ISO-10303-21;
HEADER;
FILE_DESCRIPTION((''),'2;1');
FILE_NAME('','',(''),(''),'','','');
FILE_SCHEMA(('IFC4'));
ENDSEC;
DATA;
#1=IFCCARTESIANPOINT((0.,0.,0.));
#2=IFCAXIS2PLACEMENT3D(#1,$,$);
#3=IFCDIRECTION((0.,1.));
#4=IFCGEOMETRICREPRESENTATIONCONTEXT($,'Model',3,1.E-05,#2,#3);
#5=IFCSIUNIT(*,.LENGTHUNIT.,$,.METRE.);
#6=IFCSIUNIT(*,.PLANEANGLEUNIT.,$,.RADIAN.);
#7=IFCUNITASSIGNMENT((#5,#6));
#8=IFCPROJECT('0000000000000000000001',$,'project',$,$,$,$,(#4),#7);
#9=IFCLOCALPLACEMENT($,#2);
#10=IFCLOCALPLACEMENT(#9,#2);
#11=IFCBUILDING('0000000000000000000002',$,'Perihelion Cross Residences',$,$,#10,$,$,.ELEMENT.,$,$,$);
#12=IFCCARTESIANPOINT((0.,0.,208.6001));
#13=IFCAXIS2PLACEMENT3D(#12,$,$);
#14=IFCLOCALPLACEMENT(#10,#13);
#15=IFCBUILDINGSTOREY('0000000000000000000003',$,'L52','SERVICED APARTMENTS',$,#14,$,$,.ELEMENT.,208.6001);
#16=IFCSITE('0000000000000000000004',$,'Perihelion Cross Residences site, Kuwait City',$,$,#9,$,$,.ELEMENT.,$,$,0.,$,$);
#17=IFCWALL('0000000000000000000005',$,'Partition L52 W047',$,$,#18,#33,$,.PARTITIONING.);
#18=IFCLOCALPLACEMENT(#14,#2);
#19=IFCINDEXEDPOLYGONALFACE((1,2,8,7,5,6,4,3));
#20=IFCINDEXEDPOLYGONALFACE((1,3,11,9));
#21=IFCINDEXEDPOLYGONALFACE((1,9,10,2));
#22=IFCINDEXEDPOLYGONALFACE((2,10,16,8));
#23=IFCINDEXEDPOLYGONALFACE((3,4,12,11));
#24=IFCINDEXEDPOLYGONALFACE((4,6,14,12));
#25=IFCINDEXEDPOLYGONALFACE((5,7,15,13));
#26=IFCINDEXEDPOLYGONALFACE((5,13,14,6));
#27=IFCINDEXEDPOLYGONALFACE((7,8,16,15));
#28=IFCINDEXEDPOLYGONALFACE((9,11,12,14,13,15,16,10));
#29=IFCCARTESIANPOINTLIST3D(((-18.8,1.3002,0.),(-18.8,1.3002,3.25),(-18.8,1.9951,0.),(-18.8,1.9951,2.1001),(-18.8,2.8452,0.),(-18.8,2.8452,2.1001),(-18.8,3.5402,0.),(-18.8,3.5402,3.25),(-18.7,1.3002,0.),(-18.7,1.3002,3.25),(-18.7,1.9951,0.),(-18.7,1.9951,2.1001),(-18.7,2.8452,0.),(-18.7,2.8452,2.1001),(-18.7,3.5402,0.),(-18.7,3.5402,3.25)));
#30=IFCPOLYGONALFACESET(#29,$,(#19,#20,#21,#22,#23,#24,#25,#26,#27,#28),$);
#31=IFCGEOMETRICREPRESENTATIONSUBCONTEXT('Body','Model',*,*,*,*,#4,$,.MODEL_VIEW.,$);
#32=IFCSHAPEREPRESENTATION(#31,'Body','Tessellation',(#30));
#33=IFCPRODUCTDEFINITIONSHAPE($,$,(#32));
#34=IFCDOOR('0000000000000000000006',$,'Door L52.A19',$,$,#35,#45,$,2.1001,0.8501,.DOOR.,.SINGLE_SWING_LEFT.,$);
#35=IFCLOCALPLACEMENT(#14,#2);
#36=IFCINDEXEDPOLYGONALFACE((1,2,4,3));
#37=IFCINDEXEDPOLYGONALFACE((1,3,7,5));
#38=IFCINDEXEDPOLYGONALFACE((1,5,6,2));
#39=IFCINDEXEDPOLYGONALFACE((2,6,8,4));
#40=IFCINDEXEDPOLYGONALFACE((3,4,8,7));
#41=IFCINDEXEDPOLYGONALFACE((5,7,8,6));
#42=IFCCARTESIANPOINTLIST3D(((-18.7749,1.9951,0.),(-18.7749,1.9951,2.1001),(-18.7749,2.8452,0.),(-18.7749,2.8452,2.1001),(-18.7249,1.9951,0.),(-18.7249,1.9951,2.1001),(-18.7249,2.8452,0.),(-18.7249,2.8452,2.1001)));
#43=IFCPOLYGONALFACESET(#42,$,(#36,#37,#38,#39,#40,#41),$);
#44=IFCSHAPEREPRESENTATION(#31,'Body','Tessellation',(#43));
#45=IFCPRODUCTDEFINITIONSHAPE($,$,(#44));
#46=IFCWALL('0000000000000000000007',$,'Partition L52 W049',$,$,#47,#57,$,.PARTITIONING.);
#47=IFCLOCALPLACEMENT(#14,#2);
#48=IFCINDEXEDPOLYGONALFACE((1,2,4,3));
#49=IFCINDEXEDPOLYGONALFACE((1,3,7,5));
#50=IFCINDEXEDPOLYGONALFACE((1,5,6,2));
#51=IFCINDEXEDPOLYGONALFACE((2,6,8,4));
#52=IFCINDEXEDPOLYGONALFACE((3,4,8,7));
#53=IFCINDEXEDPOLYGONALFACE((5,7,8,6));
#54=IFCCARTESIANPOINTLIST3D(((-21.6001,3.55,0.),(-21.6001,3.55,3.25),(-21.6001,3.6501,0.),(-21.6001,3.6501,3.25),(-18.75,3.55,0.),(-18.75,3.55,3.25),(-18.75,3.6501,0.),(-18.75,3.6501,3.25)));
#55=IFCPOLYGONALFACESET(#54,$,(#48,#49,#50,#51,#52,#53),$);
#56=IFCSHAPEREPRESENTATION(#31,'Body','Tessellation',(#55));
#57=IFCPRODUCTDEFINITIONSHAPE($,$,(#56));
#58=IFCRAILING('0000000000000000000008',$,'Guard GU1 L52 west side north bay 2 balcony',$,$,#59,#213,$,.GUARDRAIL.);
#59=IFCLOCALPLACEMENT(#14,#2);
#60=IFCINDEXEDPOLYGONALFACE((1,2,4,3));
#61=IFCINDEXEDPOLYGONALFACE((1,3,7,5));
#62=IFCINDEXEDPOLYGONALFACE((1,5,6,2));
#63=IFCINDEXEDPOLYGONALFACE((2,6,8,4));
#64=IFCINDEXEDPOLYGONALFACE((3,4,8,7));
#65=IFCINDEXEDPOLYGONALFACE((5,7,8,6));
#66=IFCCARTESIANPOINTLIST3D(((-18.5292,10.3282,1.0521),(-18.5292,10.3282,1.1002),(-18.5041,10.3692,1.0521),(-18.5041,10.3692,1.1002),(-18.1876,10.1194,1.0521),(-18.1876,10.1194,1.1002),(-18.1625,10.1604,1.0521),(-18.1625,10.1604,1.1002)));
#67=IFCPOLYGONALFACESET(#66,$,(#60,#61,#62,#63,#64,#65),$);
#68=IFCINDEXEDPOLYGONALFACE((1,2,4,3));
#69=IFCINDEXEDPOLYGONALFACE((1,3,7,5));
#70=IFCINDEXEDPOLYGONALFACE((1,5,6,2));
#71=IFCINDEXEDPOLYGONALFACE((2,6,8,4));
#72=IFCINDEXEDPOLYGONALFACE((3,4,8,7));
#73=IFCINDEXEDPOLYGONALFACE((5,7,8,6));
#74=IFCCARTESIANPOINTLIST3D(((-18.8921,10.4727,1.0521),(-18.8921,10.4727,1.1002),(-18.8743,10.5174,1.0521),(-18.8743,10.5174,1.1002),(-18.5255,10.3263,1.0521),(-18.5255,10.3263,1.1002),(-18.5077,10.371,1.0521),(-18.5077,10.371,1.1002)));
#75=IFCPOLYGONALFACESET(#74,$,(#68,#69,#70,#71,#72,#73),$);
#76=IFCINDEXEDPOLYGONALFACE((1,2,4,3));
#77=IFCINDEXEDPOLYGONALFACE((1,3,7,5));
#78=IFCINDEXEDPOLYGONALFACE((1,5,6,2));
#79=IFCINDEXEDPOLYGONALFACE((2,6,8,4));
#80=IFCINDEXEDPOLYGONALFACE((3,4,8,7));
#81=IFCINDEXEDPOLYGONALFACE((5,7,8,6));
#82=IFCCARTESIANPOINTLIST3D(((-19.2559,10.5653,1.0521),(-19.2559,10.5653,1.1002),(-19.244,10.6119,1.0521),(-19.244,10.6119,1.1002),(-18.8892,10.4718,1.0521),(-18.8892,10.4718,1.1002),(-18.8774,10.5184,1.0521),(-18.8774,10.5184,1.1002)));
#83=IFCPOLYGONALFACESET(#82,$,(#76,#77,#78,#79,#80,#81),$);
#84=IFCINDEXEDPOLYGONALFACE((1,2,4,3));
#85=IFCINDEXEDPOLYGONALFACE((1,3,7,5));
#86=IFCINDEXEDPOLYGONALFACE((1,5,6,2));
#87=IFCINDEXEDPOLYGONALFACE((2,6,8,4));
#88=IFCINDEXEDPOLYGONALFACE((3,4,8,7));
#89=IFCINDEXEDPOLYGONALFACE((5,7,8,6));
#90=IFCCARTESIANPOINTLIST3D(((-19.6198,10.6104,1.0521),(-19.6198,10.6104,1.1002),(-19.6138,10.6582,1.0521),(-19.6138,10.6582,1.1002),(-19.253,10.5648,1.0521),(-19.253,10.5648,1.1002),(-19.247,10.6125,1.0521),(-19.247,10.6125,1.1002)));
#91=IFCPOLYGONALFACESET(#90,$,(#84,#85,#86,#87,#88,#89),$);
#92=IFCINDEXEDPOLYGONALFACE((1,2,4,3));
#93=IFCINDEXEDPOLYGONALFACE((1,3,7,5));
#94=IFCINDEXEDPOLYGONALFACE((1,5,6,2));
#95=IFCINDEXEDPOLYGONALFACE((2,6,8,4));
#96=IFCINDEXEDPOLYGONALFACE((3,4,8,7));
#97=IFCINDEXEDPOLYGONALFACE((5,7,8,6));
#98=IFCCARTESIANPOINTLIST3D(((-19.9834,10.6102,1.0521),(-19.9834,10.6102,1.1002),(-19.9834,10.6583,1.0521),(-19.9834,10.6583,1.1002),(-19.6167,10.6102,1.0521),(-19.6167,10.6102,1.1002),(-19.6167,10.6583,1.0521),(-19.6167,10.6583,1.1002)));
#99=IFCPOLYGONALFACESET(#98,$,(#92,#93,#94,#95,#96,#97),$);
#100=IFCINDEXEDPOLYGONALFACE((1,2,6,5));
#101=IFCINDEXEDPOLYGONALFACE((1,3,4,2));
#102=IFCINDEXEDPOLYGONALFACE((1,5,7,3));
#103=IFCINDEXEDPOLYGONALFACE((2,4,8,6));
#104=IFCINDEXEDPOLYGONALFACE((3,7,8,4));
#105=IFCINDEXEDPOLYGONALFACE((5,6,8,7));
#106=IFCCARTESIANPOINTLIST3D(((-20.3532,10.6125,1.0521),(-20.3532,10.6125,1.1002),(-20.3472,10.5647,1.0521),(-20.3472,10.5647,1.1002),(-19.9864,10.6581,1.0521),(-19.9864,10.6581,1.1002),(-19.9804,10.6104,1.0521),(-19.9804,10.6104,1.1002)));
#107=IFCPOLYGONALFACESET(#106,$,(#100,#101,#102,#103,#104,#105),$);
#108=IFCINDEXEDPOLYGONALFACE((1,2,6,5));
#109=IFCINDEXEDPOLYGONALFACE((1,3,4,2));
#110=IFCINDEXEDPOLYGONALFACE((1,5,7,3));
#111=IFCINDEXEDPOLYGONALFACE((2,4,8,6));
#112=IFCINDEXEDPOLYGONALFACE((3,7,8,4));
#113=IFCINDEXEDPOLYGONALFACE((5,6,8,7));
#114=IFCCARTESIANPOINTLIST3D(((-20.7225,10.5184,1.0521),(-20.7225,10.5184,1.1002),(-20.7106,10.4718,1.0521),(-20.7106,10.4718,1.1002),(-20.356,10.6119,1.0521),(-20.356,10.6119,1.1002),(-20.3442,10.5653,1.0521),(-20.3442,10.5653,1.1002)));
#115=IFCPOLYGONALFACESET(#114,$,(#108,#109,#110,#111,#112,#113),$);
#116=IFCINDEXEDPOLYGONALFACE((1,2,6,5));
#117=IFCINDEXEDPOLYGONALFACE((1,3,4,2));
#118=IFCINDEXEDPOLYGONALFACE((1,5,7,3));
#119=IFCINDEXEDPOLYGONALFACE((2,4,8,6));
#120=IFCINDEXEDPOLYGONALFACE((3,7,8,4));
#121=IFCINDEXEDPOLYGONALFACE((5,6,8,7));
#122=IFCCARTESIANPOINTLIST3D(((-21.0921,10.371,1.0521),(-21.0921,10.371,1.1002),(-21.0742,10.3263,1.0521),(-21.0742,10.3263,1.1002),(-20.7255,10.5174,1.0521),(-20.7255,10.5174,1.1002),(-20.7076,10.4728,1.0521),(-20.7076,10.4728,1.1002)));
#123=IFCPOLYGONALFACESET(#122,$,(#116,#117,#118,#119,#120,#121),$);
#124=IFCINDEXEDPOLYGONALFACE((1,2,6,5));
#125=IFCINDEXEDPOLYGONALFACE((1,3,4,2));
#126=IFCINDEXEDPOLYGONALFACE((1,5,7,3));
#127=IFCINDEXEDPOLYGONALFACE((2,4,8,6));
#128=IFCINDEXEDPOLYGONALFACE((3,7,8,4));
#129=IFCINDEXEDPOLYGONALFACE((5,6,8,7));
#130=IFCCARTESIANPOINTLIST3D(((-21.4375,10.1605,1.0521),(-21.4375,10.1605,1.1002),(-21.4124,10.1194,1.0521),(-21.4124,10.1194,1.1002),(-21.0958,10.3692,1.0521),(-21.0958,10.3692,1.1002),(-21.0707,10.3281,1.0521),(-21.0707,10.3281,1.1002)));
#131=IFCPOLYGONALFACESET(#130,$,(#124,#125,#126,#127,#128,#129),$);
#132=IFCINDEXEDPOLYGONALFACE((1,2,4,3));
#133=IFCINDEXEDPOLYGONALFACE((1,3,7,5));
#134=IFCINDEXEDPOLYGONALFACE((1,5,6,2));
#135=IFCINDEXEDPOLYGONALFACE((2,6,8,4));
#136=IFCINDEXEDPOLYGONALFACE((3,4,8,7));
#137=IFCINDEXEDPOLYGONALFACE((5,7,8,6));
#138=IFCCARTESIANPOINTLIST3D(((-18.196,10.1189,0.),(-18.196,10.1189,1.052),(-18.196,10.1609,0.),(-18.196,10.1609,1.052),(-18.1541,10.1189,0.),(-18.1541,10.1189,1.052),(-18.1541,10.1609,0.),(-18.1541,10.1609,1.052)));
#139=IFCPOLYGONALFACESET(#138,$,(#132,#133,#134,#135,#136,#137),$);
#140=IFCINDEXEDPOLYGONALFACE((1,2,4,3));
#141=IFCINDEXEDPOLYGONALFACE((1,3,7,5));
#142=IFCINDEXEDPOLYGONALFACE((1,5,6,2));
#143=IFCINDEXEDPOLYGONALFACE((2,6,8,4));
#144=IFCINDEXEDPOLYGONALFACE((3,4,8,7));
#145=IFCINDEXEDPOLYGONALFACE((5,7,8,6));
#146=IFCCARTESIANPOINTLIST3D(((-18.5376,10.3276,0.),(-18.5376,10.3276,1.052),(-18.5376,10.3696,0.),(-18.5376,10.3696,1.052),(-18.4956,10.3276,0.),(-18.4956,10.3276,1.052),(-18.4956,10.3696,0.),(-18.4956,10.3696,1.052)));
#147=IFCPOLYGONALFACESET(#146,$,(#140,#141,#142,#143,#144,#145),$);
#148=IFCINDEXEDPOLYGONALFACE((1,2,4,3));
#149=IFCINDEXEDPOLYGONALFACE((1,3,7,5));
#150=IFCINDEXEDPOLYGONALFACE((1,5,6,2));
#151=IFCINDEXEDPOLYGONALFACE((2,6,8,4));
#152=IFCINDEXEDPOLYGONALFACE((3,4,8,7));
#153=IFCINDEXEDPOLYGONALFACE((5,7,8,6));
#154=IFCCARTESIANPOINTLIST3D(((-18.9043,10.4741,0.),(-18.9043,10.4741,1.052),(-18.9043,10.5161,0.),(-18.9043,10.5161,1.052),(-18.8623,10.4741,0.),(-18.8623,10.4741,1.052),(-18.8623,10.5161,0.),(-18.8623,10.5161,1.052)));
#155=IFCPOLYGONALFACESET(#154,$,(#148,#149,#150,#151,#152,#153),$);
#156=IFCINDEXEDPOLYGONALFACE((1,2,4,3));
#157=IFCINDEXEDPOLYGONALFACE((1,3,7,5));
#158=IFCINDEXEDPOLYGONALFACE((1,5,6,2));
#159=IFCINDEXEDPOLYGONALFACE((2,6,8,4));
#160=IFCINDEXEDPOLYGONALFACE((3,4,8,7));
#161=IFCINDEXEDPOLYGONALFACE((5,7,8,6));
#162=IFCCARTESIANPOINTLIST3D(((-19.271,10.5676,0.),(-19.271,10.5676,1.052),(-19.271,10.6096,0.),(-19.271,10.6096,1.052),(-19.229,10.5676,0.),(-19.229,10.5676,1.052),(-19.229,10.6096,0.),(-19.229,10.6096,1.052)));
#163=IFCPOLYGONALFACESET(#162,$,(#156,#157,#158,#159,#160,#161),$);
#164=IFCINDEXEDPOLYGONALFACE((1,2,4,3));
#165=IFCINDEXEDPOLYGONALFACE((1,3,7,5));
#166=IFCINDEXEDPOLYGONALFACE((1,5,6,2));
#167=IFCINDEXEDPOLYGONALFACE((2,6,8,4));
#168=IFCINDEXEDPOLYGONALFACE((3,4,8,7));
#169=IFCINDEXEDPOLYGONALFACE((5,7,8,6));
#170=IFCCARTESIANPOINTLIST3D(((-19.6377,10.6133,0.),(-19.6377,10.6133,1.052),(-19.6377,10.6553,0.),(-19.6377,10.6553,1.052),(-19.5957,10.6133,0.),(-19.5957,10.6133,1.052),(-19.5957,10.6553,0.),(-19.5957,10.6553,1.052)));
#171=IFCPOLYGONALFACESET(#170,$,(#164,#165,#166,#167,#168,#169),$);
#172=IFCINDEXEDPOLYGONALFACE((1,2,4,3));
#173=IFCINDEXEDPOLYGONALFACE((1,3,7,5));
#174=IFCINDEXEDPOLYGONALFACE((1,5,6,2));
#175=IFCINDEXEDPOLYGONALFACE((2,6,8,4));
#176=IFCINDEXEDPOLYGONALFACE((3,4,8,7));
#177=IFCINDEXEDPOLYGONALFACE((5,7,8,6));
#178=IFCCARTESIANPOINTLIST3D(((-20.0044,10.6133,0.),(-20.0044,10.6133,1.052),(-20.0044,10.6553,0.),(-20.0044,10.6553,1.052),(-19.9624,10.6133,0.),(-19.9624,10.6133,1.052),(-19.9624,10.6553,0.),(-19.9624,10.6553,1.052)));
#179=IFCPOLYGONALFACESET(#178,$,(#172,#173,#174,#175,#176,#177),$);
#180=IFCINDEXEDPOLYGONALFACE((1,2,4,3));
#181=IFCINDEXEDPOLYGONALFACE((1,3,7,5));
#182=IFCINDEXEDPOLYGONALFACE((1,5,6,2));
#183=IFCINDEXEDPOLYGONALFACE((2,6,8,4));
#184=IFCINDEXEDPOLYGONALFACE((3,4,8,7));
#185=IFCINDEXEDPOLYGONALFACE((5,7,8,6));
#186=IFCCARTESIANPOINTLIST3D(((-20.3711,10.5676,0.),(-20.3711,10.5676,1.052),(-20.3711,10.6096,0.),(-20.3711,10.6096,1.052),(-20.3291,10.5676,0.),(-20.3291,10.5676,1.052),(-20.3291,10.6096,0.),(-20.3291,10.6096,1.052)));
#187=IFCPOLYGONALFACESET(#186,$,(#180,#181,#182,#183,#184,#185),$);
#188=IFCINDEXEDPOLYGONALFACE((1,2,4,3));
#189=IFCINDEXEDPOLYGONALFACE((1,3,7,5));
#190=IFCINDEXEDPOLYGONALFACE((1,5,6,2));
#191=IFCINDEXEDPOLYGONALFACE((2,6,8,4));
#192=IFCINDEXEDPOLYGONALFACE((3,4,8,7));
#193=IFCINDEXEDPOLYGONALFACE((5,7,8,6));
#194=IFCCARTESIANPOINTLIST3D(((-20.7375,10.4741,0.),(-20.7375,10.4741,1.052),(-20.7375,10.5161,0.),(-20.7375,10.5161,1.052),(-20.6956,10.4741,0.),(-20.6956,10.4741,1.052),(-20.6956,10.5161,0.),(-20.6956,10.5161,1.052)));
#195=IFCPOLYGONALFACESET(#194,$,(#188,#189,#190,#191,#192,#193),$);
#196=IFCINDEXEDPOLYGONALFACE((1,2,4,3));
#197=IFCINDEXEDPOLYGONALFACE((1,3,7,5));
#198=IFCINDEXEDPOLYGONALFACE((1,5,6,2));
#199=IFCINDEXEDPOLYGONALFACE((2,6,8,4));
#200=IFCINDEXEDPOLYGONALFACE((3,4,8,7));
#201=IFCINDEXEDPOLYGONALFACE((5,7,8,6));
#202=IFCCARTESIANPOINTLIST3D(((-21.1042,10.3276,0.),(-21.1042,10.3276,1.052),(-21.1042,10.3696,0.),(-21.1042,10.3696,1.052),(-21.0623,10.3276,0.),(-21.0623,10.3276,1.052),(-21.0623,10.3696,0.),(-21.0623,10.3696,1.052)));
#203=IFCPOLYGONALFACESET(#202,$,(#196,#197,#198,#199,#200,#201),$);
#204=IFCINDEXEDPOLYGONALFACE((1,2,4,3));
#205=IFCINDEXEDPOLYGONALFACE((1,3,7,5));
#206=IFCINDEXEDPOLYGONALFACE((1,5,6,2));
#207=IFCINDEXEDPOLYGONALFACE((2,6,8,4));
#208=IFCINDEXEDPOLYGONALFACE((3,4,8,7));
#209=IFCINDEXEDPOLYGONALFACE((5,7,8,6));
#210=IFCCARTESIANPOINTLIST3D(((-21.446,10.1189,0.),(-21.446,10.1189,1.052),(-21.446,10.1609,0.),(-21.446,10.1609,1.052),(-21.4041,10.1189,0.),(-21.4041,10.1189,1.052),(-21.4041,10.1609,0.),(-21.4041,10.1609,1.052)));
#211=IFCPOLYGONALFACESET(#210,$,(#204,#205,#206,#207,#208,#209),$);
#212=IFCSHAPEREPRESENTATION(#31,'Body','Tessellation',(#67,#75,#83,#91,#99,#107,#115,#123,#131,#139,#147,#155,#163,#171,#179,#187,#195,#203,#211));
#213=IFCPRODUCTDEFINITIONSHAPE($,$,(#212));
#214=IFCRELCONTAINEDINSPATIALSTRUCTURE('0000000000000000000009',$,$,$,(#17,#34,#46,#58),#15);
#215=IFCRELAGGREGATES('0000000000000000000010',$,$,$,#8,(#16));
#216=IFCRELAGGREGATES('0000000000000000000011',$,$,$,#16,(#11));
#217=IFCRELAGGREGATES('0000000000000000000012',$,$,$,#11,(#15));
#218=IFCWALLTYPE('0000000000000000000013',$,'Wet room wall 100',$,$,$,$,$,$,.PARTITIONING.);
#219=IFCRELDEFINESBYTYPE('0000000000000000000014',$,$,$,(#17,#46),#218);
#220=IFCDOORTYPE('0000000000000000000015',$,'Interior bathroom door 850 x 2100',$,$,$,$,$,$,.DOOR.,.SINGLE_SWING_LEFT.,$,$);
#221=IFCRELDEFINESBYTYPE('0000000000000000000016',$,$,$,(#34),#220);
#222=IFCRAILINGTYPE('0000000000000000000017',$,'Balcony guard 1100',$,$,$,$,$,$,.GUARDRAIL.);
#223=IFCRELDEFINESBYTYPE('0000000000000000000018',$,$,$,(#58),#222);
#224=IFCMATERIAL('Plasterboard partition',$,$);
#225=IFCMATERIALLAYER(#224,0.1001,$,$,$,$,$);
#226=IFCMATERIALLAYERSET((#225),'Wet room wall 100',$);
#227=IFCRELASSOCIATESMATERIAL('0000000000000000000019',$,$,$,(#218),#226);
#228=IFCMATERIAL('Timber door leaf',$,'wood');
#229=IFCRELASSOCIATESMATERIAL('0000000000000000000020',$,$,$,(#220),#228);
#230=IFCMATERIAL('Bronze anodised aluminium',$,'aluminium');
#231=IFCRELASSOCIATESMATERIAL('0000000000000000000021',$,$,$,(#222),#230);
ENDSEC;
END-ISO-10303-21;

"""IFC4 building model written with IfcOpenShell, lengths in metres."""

from ifc_helpers import new_model, si_unit, direction, frame, frame_2d, origin, origin_2d, place, context, subcontext, project, spatial, rectangle, extrude, material, layer, layer_set, type_object, element, fill, save


model = new_model("IFC4")

# Units and contexts
model_context = context("Model", 3, precision=1e-05, world=origin(), true_north=direction((0.0, 1.0)))
body_context = subcontext(model_context, "Body", "Model", "MODEL_VIEW")
ifc_project = project(units=[si_unit("LENGTHUNIT", "METRE"), si_unit("PLANEANGLEUNIT", "RADIAN")], contexts=[model_context])

# Site, building, storey
site_placement = place(None, origin())
site = spatial("IfcSite", under=ifc_project, at=site_placement, Name="Perihelion Cross Residences site, Kuwait City", CompositionType="ELEMENT", RefElevation=0.0)
building_placement = place(site_placement, origin())
building = spatial("IfcBuilding", under=site, at=building_placement, Name="Perihelion Cross Residences", CompositionType="ELEMENT")
storey_placement = place(building_placement, frame((0.0, 0.0, 208.6001)))
storey = spatial("IfcBuildingStorey", under=building, at=storey_placement, Name="L52", Description="SERVICED APARTMENTS", CompositionType="ELEMENT", Elevation=208.6001)

# Shared definitions
ifc_material_1 = material(Name="Plasterboard partition")
ifc_layer_1 = layer(ifc_material_1, 0.1001)
ifc_layer_set_1 = layer_set([ifc_layer_1], Name="Wet room wall 100")
wall_type_1 = type_object("IfcWallType", Name="Wet room wall 100", PredefinedType="PARTITIONING", material=ifc_layer_set_1)

# Shared definitions
ifc_material_2 = material(Name="Timber door leaf", Category="wood")
door_type_1 = type_object("IfcDoorType", Name="Interior bathroom door 850 x 2100", OperationType="SINGLE_SWING_LEFT", PredefinedType="DOOR", material=ifc_material_2)

# Wall, opening, door
wall_1_placement = place(storey_placement, frame((-18.75, 1.3, 0.0), z_axis=(0.0, 0.0, 1.0), x_axis=(0.0, 1.0, 0.0)))
wall_1 = element("IfcWall", 1, at=wall_1_placement, inside=storey, type_object=wall_type_1, Name="Partition L52 W047", PredefinedType="PARTITIONING", context=body_context, shape_type="SweptSolid", body=[
    extrude(rectangle(XDim=2.24, YDim=0.1001, at=frame_2d((1.1201, 0.0))), origin(), (0.0, 0.0, 1.0), 3.25),
])
opening_1_placement = place(wall_1_placement, frame((0.6951, 0.0, 0.0)))
opening_1 = element("IfcOpeningElement", 2, at=opening_1_placement, cuts=wall_1, PredefinedType="OPENING", context=body_context, shape_type="SweptSolid", body=[
    extrude(rectangle(XDim=0.8501, YDim=2.1001, at=frame_2d((0.425, 1.05))), frame((0.0, 0.0601, 0.0), z_axis=(0.0, -1.0, 0.0), x_axis=(1.0, 0.0, 0.0)), (0.0, 0.0, 1.0), 0.1201),
])
door_1_placement = place(opening_1_placement, origin())
door_1 = element("IfcDoor", 3, at=door_1_placement, inside=storey, type_object=door_type_1, Name="Door L52.A19", OperationType="SINGLE_SWING_LEFT", OverallHeight=2.1001, OverallWidth=0.8501, PredefinedType="DOOR", context=body_context, shape_type="SweptSolid", body=[
    extrude(rectangle(XDim=0.8501, YDim=2.1001, at=frame_2d((0.425, 1.05))), frame((0.0, 0.0249, 0.0), z_axis=(0.0, -1.0, 0.0), x_axis=(1.0, 0.0, 0.0)), (0.0, 0.0, 1.0), 0.05),
])
fill(opening_1, door_1)

# Wall
wall_2_placement = place(storey_placement, frame((-21.6001, 3.6001, 0.0), z_axis=(0.0, 0.0, 1.0), x_axis=(1.0, 0.0, 0.0)))
element("IfcWall", 4, at=wall_2_placement, inside=storey, type_object=wall_type_1, Name="Partition L52 W049", PredefinedType="PARTITIONING", context=body_context, shape_type="SweptSolid", body=[
    extrude(rectangle(XDim=2.8501, YDim=0.1001, at=frame_2d((1.425, 0.0))), origin(), (0.0, 0.0, 1.0), 3.25),
])

# Railing
ifc_material_3 = material(Name="Bronze anodised aluminium", Category="aluminium")
railing_type = type_object("IfcRailingType", Name="Balcony guard 1100", PredefinedType="GUARDRAIL", material=ifc_material_3)
railing_placement = place(storey_placement, frame((-18.175, 10.1399, 0.0)))
element("IfcRailing", 5, at=railing_placement, inside=storey, type_object=railing_type, Name="Guard GU1 L52 west side north bay 2 balcony", PredefinedType="GUARDRAIL", context=body_context, shape_type="SweptSolid", body=[
    extrude(rectangle(XDim=0.0481, YDim=0.0481, at=origin_2d()), frame((0.0, 0.0, 1.0762), z_axis=(-0.853267, 0.521475, 0.0), x_axis=(-0.521475, -0.853267, 0.0)), (0.0, 0.0, 1.0), 0.4004),
    extrude(rectangle(XDim=0.0481, YDim=0.0481, at=origin_2d()), frame((-0.3416, 0.2087, 1.0762), z_axis=(-0.928647, 0.370964, 0.0), x_axis=(-0.370964, -0.928647, 0.0)), (0.0, 0.0, 1.0), 0.3948),
    extrude(rectangle(XDim=0.0481, YDim=0.0481, at=origin_2d()), frame((-0.7083, 0.3552, 1.0762), z_axis=(-0.968993, 0.247087, 0.0), x_axis=(-0.247087, -0.968993, 0.0)), (0.0, 0.0, 1.0), 0.3784),
    extrude(rectangle(XDim=0.0481, YDim=0.0481, at=origin_2d()), frame((-1.075, 0.4487, 1.0762), z_axis=(-0.992339, 0.123547, 0.0), x_axis=(-0.123547, -0.992339, 0.0)), (0.0, 0.0, 1.0), 0.3696),
    extrude(rectangle(XDim=0.0481, YDim=0.0481, at=origin_2d()), frame((-1.4417, 0.4944, 1.0762), z_axis=(-1.0, 0.0, 0.0), x_axis=(0.0, -1.0, 0.0)), (0.0, 0.0, 1.0), 0.3667),
    extrude(rectangle(XDim=0.0481, YDim=0.0481, at=origin_2d()), frame((-1.8083, 0.4944, 1.0762), z_axis=(-0.992339, -0.123547, 0.0), x_axis=(0.123547, -0.992339, 0.0)), (0.0, 0.0, 1.0), 0.3696),
    extrude(rectangle(XDim=0.0481, YDim=0.0481, at=origin_2d()), frame((-2.175, 0.4487, 1.0762), z_axis=(-0.968954, -0.247241, 0.0), x_axis=(0.247241, -0.968954, 0.0)), (0.0, 0.0, 1.0), 0.3782),
    extrude(rectangle(XDim=0.0481, YDim=0.0481, at=origin_2d()), frame((-2.5415, 0.3552, 1.0762), z_axis=(-0.928647, -0.370964, 0.0), x_axis=(0.370964, -0.928647, 0.0)), (0.0, 0.0, 1.0), 0.3948),
    extrude(rectangle(XDim=0.0481, YDim=0.0481, at=origin_2d()), frame((-2.9082, 0.2087, 1.0762), z_axis=(-0.853432, -0.521203, 0.0), x_axis=(0.521203, -0.853432, 0.0)), (0.0, 0.0, 1.0), 0.4004),
    extrude(rectangle(XDim=0.042, YDim=0.042, at=origin_2d()), origin(), (0.0, 0.0, 1.0), 1.052),
    extrude(rectangle(XDim=0.042, YDim=0.042, at=origin_2d()), frame((-0.3416, 0.2087, 0.0)), (0.0, 0.0, 1.0), 1.052),
    extrude(rectangle(XDim=0.042, YDim=0.042, at=origin_2d()), frame((-0.7083, 0.3552, 0.0)), (0.0, 0.0, 1.0), 1.052),
    extrude(rectangle(XDim=0.042, YDim=0.042, at=origin_2d()), frame((-1.075, 0.4487, 0.0)), (0.0, 0.0, 1.0), 1.052),
    extrude(rectangle(XDim=0.042, YDim=0.042, at=origin_2d()), frame((-1.4417, 0.4944, 0.0)), (0.0, 0.0, 1.0), 1.052),
    extrude(rectangle(XDim=0.042, YDim=0.042, at=origin_2d()), frame((-1.8083, 0.4944, 0.0)), (0.0, 0.0, 1.0), 1.052),
    extrude(rectangle(XDim=0.042, YDim=0.042, at=origin_2d()), frame((-2.175, 0.4487, 0.0)), (0.0, 0.0, 1.0), 1.052),
    extrude(rectangle(XDim=0.042, YDim=0.042, at=origin_2d()), frame((-2.5415, 0.3552, 0.0)), (0.0, 0.0, 1.0), 1.052),
    extrude(rectangle(XDim=0.042, YDim=0.042, at=origin_2d()), frame((-2.9082, 0.2087, 0.0)), (0.0, 0.0, 1.0), 1.052),
    extrude(rectangle(XDim=0.042, YDim=0.042, at=origin_2d()), frame((-3.25, 0.0, 0.0)), (0.0, 0.0, 1.0), 1.052),
])

save(model, "model.ifc")
